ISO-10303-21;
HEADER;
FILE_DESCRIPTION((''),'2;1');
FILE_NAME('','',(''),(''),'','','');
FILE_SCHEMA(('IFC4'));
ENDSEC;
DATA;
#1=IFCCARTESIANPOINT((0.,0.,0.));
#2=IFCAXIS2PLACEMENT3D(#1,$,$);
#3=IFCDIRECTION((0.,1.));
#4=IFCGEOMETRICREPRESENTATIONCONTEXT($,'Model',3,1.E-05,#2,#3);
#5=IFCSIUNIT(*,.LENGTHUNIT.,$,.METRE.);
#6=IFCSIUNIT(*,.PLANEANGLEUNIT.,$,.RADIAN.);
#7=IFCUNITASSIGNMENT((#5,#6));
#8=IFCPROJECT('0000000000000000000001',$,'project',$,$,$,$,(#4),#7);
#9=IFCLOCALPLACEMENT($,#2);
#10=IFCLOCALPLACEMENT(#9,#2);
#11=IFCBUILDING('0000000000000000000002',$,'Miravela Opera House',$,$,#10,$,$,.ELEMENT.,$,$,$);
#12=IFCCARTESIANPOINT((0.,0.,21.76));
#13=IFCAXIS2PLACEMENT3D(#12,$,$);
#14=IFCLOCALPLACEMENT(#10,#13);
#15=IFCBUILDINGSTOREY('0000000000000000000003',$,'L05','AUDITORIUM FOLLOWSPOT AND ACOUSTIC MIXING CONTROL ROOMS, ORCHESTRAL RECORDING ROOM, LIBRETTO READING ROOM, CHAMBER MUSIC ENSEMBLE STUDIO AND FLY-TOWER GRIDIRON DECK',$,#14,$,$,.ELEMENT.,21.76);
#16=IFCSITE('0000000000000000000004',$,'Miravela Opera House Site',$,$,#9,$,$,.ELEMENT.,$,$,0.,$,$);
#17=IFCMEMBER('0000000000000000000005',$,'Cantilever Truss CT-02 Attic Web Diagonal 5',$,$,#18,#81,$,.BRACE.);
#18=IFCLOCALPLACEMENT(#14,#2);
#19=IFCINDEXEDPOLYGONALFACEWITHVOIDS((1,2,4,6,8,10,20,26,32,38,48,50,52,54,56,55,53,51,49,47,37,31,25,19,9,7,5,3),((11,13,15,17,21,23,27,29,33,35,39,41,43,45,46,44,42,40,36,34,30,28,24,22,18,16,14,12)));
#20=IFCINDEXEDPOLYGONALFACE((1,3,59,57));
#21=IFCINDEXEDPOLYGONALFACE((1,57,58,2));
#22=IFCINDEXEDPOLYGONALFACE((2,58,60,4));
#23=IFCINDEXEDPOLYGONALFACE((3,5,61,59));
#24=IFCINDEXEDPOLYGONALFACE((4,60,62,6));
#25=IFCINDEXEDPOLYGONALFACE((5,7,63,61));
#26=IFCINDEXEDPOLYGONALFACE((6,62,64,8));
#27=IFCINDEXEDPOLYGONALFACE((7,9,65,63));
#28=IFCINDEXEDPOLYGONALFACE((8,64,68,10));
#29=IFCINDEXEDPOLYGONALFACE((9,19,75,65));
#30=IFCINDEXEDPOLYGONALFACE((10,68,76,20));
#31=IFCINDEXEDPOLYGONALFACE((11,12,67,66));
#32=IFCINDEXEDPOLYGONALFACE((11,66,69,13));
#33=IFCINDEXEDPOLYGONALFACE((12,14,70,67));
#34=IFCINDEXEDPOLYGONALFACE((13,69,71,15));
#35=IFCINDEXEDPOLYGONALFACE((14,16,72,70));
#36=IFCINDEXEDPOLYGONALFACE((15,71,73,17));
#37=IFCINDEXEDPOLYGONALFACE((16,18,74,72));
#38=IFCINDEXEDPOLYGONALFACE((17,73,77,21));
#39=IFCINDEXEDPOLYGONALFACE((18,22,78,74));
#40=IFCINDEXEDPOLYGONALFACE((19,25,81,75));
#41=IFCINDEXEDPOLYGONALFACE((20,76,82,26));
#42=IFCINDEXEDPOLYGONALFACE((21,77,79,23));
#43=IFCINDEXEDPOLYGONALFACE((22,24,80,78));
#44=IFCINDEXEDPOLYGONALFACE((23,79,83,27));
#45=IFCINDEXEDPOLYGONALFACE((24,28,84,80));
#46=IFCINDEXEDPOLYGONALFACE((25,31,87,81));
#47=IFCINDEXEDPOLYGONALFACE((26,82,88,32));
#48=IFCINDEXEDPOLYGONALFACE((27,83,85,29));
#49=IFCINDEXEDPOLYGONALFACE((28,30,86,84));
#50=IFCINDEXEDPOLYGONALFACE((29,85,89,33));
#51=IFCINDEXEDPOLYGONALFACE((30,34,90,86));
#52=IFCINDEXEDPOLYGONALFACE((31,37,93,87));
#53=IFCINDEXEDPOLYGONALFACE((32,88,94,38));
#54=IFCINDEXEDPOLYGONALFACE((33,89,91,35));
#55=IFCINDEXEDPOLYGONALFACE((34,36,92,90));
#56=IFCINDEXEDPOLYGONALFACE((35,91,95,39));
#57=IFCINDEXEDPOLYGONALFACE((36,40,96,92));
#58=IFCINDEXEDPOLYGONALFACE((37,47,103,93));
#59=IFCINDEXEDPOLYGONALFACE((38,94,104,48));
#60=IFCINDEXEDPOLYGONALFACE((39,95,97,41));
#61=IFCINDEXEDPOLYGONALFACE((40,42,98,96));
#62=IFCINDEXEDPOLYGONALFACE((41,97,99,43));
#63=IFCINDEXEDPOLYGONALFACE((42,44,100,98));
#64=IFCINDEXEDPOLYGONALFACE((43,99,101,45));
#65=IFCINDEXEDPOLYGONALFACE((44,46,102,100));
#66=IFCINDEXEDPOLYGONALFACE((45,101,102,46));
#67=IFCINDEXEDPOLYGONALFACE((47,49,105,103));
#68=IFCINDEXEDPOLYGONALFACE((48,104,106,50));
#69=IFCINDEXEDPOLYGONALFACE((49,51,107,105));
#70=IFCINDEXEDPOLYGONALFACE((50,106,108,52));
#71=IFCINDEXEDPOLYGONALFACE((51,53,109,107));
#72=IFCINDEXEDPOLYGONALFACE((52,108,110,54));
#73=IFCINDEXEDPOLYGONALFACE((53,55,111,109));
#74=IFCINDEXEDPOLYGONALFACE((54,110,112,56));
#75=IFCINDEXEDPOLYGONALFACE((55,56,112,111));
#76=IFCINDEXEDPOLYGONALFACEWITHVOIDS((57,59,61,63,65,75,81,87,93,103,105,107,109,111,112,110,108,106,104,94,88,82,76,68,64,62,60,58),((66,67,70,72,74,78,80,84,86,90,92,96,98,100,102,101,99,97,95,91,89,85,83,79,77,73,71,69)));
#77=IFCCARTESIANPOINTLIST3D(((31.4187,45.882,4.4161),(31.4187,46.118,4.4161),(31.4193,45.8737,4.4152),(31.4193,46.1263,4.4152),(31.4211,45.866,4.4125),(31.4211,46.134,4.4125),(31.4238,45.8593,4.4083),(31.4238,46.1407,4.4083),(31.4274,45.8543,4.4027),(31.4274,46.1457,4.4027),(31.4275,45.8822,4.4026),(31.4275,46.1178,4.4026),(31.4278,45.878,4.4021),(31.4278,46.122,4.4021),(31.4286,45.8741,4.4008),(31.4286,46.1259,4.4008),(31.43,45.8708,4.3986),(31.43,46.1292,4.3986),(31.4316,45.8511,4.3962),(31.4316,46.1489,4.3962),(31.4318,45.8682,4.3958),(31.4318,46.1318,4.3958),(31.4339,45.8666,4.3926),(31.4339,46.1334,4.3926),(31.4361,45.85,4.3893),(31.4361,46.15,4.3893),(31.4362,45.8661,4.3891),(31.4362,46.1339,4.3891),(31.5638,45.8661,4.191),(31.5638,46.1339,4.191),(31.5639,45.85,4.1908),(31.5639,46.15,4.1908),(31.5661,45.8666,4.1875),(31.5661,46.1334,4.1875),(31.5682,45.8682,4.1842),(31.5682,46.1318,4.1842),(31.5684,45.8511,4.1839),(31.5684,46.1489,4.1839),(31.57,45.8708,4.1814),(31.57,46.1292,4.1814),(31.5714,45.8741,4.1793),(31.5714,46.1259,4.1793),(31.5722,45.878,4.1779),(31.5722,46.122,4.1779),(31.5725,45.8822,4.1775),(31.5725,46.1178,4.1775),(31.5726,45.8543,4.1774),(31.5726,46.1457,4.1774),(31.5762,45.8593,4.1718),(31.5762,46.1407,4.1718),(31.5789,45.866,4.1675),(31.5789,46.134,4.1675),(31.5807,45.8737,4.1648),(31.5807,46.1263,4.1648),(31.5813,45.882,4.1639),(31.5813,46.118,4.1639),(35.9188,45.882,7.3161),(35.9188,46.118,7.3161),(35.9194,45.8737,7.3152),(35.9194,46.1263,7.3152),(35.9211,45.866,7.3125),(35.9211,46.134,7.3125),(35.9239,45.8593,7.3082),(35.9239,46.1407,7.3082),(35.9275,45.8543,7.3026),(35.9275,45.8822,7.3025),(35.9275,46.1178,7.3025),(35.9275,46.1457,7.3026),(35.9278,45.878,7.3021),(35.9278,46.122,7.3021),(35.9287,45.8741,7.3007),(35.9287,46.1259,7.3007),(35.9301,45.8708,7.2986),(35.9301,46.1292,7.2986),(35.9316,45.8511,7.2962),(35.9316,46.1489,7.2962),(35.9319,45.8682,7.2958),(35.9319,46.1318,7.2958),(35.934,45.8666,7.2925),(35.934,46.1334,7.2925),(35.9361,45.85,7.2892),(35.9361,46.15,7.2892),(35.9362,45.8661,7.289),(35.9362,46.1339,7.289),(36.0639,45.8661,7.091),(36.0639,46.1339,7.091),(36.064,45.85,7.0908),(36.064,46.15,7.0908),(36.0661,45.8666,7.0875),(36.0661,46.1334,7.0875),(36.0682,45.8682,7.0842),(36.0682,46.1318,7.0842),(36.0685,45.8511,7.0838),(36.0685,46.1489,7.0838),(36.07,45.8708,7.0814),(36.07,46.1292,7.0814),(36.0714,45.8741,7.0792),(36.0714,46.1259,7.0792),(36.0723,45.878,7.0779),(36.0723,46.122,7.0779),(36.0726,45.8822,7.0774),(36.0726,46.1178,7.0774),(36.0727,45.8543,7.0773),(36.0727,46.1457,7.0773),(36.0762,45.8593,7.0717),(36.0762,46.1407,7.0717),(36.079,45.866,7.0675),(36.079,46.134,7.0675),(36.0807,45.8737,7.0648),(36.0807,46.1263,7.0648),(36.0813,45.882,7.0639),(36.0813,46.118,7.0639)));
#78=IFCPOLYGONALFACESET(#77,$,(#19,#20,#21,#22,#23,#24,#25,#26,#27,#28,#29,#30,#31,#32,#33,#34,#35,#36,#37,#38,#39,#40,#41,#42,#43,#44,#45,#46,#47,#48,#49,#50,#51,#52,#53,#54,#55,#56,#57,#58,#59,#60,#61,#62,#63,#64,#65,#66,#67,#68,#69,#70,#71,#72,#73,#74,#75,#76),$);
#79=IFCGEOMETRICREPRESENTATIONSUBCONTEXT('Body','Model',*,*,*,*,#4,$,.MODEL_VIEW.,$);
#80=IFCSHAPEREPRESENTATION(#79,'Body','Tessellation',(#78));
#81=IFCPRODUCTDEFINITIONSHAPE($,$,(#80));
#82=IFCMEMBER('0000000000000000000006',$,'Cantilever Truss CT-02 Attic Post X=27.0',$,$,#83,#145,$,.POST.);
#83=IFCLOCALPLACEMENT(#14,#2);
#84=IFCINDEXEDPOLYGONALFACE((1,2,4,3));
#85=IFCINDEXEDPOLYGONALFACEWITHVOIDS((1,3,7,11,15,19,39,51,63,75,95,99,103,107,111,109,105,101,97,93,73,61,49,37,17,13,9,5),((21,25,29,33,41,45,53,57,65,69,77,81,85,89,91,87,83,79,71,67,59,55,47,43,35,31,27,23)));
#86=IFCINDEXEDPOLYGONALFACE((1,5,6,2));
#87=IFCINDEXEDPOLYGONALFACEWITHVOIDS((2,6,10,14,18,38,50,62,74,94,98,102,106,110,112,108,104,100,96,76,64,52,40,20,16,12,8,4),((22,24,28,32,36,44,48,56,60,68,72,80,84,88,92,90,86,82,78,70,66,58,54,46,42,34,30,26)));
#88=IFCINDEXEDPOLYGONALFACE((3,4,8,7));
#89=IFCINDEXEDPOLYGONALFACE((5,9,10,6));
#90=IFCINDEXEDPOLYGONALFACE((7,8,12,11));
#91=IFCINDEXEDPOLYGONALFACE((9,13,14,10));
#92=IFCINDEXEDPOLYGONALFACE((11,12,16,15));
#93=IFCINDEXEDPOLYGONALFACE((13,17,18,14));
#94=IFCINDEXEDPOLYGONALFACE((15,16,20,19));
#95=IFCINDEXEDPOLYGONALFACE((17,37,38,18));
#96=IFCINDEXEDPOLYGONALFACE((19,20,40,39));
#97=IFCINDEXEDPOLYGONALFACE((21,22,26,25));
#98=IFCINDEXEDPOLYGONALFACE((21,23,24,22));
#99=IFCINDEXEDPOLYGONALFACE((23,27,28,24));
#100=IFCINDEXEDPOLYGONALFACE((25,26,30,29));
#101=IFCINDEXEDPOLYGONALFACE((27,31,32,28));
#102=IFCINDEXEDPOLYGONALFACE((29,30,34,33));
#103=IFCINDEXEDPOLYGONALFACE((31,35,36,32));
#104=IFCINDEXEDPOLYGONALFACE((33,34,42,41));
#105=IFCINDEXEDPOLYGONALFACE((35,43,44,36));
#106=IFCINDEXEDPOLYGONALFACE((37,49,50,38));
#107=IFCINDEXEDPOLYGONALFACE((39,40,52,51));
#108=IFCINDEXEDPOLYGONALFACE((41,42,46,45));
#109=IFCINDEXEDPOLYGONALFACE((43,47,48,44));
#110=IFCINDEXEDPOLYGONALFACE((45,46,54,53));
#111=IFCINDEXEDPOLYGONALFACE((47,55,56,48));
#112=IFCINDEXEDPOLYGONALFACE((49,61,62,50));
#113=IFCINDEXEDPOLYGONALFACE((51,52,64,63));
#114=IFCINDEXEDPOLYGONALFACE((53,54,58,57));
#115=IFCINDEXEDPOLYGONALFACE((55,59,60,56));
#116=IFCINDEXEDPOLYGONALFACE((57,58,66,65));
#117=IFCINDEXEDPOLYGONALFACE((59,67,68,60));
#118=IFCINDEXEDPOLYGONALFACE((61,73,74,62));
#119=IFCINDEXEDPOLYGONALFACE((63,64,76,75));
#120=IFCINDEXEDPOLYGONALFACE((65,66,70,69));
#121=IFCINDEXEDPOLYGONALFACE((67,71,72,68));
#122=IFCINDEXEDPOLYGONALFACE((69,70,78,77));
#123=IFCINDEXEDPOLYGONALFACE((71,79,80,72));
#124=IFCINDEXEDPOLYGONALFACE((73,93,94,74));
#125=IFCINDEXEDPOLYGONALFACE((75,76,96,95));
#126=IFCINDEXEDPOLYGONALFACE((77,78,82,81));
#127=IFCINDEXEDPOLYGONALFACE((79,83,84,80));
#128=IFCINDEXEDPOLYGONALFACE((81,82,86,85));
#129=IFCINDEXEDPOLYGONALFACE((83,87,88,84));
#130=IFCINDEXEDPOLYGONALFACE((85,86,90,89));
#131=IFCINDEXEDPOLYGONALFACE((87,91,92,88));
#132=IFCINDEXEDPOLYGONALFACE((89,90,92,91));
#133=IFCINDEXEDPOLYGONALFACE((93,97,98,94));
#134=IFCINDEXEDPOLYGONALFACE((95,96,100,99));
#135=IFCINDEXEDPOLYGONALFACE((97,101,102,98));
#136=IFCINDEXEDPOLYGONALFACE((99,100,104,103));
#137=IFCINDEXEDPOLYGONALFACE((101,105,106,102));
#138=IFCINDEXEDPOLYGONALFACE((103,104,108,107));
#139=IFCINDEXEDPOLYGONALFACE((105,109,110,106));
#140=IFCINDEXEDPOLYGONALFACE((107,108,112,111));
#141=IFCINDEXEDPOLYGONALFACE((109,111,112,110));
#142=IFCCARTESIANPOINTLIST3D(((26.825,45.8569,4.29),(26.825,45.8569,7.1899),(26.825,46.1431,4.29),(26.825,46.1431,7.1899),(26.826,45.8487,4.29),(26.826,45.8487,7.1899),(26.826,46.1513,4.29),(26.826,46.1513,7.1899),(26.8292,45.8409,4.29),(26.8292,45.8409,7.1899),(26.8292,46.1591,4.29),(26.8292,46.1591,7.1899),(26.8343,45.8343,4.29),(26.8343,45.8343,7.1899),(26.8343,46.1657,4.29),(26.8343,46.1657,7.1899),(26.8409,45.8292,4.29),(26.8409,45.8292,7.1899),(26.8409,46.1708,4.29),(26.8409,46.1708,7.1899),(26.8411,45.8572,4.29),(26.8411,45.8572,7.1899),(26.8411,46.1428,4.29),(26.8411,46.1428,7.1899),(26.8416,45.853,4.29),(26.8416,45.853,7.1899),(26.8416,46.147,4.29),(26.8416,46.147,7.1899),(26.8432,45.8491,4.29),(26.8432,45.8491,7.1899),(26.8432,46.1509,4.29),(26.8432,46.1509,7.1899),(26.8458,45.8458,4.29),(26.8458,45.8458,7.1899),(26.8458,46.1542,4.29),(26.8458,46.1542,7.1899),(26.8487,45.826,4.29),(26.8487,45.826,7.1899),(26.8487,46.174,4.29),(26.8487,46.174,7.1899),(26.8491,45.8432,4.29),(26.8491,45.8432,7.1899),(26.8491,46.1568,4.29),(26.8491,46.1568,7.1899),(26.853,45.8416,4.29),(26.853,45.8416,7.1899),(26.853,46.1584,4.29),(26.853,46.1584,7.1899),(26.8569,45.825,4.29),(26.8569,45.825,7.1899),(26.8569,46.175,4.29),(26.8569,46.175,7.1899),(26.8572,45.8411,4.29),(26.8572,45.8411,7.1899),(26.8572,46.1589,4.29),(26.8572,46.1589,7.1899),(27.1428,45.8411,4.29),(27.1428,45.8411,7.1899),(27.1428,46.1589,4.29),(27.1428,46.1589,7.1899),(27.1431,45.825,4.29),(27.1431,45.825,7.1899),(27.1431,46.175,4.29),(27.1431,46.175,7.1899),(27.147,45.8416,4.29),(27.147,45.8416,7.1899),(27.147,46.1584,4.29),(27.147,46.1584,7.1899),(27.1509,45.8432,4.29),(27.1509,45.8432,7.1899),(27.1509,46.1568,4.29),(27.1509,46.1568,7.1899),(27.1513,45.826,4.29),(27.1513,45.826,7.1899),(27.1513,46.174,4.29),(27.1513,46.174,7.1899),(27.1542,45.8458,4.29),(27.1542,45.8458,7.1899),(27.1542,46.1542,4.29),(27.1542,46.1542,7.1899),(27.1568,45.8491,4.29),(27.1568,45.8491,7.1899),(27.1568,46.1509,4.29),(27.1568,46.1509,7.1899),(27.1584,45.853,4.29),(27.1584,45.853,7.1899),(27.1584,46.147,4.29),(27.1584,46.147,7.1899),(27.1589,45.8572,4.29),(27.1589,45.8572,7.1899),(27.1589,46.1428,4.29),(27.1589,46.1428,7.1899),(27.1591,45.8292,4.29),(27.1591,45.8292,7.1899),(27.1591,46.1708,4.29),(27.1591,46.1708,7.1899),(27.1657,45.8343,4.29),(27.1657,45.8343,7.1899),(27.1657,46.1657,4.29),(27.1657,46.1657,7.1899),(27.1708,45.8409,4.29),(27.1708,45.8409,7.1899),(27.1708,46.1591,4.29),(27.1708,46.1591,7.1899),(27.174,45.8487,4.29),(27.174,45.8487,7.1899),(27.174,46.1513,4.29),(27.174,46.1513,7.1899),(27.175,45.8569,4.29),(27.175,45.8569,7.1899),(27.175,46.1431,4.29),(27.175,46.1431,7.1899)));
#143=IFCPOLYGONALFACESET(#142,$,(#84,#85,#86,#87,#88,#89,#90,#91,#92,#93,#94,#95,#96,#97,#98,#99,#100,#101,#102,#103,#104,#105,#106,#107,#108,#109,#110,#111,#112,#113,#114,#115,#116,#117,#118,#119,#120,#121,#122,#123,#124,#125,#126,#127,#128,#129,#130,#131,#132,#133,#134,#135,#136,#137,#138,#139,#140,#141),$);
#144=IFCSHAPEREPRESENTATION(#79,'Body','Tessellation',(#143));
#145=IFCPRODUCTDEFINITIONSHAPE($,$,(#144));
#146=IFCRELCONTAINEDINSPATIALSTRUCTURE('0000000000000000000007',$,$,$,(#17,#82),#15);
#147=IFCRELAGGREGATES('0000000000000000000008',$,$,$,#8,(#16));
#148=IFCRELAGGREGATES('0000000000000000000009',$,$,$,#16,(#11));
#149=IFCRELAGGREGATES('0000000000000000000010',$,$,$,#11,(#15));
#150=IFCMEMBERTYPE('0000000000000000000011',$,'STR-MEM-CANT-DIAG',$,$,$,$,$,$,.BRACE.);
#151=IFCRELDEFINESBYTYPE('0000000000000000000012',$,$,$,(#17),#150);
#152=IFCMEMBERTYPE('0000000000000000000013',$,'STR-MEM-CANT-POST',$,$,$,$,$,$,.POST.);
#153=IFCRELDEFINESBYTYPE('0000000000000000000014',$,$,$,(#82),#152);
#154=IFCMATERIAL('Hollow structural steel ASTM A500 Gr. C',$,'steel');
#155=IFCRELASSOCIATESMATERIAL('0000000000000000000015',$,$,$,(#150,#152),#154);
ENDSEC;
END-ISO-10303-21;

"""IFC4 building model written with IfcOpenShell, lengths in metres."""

from ifc_helpers import new_model, si_unit, direction, frame, origin, origin_2d, place, context, subcontext, project, spatial, hollow_rectangle, extrude, material, material_profile, profile_set, type_object, element, save


model = new_model("IFC4")

# Units and contexts
model_context = context("Model", 3, precision=1e-05, world=origin(), true_north=direction((0.0, 1.0)))
body_context = subcontext(model_context, "Body", "Model", "MODEL_VIEW")
ifc_project = project(units=[si_unit("LENGTHUNIT", "METRE"), si_unit("PLANEANGLEUNIT", "RADIAN")], contexts=[model_context])

# Site, building, storey
site_placement = place(None, origin())
site = spatial("IfcSite", under=ifc_project, at=site_placement, Name="Miravela Opera House Site", CompositionType="ELEMENT", RefElevation=0.0)
building_placement = place(site_placement, origin())
building = spatial("IfcBuilding", under=site, at=building_placement, Name="Miravela Opera House", CompositionType="ELEMENT")
storey_placement = place(building_placement, frame((0.0, 0.0, 21.76)))
storey = spatial("IfcBuildingStorey", under=building, at=storey_placement, Name="L05", Description="AUDITORIUM FOLLOWSPOT AND ACOUSTIC MIXING CONTROL ROOMS, ORCHESTRAL RECORDING ROOM, LIBRETTO READING ROOM, CHAMBER MUSIC ENSEMBLE STUDIO AND FLY-TOWER GRIDIRON DECK", CompositionType="ELEMENT", Elevation=21.76)

# Members
ifc_material_1 = material(Name="Hollow structural steel ASTM A500 Gr. C", Category="steel")
ifc_material_profile_1 = material_profile(ifc_material_1, hollow_rectangle(XDim=0.3, YDim=0.3, WallThickness=0.0161, InnerFilletRadius=0.0161, OuterFilletRadius=0.032, at=origin_2d()), Name="HSS300X300X16")
ifc_profile_set_1 = profile_set([ifc_material_profile_1])
member_type_1 = type_object("IfcMemberType", Name="STR-MEM-CANT-DIAG", PredefinedType="BRACE", material=ifc_profile_set_1)
for number, where, z_axis, x_axis, name in (
    (1, (31.5, 46.0, 4.29), (0.840579, 0.0, 0.541688), (0.0, 1.0, 0.0), "Cantilever Truss CT-02 Attic Web Diagonal 5"),
):
    element("IfcMember", number, at=place(storey_placement, frame(where, z_axis=z_axis, x_axis=x_axis)), inside=storey, type_object=member_type_1, Name=name, PredefinedType="BRACE", context=body_context, shape_type="SweptSolid", body=[
        extrude(hollow_rectangle(XDim=0.3, YDim=0.3, WallThickness=0.0161, InnerFilletRadius=0.0161, OuterFilletRadius=0.032, at=origin_2d()), origin(), (0.0, 0.0, 1.0), 5.3535),
    ])
ifc_material_profile_2 = material_profile(ifc_material_1, hollow_rectangle(XDim=0.3501, YDim=0.3501, WallThickness=0.0161, InnerFilletRadius=0.0161, OuterFilletRadius=0.032, at=origin_2d()), Name="HSS350X350X16")
ifc_profile_set_2 = profile_set([ifc_material_profile_2])
member_type_2 = type_object("IfcMemberType", Name="STR-MEM-CANT-POST", PredefinedType="POST", material=ifc_profile_set_2)
for number, where, z_axis, x_axis, name in (
    (2, (27.0, 46.0, 4.29), (0.0, 0.0, 1.0), (1.0, 0.0, 0.0), "Cantilever Truss CT-02 Attic Post X=27.0"),
):
    element("IfcMember", number, at=place(storey_placement, frame(where, z_axis=z_axis, x_axis=x_axis)), inside=storey, type_object=member_type_2, Name=name, PredefinedType="POST", context=body_context, shape_type="SweptSolid", body=[
        extrude(hollow_rectangle(XDim=0.3501, YDim=0.3501, WallThickness=0.0161, InnerFilletRadius=0.0161, OuterFilletRadius=0.032, at=origin_2d()), origin(), (0.0, 0.0, 1.0), 2.8999),
    ])

save(model, "model.ifc")
